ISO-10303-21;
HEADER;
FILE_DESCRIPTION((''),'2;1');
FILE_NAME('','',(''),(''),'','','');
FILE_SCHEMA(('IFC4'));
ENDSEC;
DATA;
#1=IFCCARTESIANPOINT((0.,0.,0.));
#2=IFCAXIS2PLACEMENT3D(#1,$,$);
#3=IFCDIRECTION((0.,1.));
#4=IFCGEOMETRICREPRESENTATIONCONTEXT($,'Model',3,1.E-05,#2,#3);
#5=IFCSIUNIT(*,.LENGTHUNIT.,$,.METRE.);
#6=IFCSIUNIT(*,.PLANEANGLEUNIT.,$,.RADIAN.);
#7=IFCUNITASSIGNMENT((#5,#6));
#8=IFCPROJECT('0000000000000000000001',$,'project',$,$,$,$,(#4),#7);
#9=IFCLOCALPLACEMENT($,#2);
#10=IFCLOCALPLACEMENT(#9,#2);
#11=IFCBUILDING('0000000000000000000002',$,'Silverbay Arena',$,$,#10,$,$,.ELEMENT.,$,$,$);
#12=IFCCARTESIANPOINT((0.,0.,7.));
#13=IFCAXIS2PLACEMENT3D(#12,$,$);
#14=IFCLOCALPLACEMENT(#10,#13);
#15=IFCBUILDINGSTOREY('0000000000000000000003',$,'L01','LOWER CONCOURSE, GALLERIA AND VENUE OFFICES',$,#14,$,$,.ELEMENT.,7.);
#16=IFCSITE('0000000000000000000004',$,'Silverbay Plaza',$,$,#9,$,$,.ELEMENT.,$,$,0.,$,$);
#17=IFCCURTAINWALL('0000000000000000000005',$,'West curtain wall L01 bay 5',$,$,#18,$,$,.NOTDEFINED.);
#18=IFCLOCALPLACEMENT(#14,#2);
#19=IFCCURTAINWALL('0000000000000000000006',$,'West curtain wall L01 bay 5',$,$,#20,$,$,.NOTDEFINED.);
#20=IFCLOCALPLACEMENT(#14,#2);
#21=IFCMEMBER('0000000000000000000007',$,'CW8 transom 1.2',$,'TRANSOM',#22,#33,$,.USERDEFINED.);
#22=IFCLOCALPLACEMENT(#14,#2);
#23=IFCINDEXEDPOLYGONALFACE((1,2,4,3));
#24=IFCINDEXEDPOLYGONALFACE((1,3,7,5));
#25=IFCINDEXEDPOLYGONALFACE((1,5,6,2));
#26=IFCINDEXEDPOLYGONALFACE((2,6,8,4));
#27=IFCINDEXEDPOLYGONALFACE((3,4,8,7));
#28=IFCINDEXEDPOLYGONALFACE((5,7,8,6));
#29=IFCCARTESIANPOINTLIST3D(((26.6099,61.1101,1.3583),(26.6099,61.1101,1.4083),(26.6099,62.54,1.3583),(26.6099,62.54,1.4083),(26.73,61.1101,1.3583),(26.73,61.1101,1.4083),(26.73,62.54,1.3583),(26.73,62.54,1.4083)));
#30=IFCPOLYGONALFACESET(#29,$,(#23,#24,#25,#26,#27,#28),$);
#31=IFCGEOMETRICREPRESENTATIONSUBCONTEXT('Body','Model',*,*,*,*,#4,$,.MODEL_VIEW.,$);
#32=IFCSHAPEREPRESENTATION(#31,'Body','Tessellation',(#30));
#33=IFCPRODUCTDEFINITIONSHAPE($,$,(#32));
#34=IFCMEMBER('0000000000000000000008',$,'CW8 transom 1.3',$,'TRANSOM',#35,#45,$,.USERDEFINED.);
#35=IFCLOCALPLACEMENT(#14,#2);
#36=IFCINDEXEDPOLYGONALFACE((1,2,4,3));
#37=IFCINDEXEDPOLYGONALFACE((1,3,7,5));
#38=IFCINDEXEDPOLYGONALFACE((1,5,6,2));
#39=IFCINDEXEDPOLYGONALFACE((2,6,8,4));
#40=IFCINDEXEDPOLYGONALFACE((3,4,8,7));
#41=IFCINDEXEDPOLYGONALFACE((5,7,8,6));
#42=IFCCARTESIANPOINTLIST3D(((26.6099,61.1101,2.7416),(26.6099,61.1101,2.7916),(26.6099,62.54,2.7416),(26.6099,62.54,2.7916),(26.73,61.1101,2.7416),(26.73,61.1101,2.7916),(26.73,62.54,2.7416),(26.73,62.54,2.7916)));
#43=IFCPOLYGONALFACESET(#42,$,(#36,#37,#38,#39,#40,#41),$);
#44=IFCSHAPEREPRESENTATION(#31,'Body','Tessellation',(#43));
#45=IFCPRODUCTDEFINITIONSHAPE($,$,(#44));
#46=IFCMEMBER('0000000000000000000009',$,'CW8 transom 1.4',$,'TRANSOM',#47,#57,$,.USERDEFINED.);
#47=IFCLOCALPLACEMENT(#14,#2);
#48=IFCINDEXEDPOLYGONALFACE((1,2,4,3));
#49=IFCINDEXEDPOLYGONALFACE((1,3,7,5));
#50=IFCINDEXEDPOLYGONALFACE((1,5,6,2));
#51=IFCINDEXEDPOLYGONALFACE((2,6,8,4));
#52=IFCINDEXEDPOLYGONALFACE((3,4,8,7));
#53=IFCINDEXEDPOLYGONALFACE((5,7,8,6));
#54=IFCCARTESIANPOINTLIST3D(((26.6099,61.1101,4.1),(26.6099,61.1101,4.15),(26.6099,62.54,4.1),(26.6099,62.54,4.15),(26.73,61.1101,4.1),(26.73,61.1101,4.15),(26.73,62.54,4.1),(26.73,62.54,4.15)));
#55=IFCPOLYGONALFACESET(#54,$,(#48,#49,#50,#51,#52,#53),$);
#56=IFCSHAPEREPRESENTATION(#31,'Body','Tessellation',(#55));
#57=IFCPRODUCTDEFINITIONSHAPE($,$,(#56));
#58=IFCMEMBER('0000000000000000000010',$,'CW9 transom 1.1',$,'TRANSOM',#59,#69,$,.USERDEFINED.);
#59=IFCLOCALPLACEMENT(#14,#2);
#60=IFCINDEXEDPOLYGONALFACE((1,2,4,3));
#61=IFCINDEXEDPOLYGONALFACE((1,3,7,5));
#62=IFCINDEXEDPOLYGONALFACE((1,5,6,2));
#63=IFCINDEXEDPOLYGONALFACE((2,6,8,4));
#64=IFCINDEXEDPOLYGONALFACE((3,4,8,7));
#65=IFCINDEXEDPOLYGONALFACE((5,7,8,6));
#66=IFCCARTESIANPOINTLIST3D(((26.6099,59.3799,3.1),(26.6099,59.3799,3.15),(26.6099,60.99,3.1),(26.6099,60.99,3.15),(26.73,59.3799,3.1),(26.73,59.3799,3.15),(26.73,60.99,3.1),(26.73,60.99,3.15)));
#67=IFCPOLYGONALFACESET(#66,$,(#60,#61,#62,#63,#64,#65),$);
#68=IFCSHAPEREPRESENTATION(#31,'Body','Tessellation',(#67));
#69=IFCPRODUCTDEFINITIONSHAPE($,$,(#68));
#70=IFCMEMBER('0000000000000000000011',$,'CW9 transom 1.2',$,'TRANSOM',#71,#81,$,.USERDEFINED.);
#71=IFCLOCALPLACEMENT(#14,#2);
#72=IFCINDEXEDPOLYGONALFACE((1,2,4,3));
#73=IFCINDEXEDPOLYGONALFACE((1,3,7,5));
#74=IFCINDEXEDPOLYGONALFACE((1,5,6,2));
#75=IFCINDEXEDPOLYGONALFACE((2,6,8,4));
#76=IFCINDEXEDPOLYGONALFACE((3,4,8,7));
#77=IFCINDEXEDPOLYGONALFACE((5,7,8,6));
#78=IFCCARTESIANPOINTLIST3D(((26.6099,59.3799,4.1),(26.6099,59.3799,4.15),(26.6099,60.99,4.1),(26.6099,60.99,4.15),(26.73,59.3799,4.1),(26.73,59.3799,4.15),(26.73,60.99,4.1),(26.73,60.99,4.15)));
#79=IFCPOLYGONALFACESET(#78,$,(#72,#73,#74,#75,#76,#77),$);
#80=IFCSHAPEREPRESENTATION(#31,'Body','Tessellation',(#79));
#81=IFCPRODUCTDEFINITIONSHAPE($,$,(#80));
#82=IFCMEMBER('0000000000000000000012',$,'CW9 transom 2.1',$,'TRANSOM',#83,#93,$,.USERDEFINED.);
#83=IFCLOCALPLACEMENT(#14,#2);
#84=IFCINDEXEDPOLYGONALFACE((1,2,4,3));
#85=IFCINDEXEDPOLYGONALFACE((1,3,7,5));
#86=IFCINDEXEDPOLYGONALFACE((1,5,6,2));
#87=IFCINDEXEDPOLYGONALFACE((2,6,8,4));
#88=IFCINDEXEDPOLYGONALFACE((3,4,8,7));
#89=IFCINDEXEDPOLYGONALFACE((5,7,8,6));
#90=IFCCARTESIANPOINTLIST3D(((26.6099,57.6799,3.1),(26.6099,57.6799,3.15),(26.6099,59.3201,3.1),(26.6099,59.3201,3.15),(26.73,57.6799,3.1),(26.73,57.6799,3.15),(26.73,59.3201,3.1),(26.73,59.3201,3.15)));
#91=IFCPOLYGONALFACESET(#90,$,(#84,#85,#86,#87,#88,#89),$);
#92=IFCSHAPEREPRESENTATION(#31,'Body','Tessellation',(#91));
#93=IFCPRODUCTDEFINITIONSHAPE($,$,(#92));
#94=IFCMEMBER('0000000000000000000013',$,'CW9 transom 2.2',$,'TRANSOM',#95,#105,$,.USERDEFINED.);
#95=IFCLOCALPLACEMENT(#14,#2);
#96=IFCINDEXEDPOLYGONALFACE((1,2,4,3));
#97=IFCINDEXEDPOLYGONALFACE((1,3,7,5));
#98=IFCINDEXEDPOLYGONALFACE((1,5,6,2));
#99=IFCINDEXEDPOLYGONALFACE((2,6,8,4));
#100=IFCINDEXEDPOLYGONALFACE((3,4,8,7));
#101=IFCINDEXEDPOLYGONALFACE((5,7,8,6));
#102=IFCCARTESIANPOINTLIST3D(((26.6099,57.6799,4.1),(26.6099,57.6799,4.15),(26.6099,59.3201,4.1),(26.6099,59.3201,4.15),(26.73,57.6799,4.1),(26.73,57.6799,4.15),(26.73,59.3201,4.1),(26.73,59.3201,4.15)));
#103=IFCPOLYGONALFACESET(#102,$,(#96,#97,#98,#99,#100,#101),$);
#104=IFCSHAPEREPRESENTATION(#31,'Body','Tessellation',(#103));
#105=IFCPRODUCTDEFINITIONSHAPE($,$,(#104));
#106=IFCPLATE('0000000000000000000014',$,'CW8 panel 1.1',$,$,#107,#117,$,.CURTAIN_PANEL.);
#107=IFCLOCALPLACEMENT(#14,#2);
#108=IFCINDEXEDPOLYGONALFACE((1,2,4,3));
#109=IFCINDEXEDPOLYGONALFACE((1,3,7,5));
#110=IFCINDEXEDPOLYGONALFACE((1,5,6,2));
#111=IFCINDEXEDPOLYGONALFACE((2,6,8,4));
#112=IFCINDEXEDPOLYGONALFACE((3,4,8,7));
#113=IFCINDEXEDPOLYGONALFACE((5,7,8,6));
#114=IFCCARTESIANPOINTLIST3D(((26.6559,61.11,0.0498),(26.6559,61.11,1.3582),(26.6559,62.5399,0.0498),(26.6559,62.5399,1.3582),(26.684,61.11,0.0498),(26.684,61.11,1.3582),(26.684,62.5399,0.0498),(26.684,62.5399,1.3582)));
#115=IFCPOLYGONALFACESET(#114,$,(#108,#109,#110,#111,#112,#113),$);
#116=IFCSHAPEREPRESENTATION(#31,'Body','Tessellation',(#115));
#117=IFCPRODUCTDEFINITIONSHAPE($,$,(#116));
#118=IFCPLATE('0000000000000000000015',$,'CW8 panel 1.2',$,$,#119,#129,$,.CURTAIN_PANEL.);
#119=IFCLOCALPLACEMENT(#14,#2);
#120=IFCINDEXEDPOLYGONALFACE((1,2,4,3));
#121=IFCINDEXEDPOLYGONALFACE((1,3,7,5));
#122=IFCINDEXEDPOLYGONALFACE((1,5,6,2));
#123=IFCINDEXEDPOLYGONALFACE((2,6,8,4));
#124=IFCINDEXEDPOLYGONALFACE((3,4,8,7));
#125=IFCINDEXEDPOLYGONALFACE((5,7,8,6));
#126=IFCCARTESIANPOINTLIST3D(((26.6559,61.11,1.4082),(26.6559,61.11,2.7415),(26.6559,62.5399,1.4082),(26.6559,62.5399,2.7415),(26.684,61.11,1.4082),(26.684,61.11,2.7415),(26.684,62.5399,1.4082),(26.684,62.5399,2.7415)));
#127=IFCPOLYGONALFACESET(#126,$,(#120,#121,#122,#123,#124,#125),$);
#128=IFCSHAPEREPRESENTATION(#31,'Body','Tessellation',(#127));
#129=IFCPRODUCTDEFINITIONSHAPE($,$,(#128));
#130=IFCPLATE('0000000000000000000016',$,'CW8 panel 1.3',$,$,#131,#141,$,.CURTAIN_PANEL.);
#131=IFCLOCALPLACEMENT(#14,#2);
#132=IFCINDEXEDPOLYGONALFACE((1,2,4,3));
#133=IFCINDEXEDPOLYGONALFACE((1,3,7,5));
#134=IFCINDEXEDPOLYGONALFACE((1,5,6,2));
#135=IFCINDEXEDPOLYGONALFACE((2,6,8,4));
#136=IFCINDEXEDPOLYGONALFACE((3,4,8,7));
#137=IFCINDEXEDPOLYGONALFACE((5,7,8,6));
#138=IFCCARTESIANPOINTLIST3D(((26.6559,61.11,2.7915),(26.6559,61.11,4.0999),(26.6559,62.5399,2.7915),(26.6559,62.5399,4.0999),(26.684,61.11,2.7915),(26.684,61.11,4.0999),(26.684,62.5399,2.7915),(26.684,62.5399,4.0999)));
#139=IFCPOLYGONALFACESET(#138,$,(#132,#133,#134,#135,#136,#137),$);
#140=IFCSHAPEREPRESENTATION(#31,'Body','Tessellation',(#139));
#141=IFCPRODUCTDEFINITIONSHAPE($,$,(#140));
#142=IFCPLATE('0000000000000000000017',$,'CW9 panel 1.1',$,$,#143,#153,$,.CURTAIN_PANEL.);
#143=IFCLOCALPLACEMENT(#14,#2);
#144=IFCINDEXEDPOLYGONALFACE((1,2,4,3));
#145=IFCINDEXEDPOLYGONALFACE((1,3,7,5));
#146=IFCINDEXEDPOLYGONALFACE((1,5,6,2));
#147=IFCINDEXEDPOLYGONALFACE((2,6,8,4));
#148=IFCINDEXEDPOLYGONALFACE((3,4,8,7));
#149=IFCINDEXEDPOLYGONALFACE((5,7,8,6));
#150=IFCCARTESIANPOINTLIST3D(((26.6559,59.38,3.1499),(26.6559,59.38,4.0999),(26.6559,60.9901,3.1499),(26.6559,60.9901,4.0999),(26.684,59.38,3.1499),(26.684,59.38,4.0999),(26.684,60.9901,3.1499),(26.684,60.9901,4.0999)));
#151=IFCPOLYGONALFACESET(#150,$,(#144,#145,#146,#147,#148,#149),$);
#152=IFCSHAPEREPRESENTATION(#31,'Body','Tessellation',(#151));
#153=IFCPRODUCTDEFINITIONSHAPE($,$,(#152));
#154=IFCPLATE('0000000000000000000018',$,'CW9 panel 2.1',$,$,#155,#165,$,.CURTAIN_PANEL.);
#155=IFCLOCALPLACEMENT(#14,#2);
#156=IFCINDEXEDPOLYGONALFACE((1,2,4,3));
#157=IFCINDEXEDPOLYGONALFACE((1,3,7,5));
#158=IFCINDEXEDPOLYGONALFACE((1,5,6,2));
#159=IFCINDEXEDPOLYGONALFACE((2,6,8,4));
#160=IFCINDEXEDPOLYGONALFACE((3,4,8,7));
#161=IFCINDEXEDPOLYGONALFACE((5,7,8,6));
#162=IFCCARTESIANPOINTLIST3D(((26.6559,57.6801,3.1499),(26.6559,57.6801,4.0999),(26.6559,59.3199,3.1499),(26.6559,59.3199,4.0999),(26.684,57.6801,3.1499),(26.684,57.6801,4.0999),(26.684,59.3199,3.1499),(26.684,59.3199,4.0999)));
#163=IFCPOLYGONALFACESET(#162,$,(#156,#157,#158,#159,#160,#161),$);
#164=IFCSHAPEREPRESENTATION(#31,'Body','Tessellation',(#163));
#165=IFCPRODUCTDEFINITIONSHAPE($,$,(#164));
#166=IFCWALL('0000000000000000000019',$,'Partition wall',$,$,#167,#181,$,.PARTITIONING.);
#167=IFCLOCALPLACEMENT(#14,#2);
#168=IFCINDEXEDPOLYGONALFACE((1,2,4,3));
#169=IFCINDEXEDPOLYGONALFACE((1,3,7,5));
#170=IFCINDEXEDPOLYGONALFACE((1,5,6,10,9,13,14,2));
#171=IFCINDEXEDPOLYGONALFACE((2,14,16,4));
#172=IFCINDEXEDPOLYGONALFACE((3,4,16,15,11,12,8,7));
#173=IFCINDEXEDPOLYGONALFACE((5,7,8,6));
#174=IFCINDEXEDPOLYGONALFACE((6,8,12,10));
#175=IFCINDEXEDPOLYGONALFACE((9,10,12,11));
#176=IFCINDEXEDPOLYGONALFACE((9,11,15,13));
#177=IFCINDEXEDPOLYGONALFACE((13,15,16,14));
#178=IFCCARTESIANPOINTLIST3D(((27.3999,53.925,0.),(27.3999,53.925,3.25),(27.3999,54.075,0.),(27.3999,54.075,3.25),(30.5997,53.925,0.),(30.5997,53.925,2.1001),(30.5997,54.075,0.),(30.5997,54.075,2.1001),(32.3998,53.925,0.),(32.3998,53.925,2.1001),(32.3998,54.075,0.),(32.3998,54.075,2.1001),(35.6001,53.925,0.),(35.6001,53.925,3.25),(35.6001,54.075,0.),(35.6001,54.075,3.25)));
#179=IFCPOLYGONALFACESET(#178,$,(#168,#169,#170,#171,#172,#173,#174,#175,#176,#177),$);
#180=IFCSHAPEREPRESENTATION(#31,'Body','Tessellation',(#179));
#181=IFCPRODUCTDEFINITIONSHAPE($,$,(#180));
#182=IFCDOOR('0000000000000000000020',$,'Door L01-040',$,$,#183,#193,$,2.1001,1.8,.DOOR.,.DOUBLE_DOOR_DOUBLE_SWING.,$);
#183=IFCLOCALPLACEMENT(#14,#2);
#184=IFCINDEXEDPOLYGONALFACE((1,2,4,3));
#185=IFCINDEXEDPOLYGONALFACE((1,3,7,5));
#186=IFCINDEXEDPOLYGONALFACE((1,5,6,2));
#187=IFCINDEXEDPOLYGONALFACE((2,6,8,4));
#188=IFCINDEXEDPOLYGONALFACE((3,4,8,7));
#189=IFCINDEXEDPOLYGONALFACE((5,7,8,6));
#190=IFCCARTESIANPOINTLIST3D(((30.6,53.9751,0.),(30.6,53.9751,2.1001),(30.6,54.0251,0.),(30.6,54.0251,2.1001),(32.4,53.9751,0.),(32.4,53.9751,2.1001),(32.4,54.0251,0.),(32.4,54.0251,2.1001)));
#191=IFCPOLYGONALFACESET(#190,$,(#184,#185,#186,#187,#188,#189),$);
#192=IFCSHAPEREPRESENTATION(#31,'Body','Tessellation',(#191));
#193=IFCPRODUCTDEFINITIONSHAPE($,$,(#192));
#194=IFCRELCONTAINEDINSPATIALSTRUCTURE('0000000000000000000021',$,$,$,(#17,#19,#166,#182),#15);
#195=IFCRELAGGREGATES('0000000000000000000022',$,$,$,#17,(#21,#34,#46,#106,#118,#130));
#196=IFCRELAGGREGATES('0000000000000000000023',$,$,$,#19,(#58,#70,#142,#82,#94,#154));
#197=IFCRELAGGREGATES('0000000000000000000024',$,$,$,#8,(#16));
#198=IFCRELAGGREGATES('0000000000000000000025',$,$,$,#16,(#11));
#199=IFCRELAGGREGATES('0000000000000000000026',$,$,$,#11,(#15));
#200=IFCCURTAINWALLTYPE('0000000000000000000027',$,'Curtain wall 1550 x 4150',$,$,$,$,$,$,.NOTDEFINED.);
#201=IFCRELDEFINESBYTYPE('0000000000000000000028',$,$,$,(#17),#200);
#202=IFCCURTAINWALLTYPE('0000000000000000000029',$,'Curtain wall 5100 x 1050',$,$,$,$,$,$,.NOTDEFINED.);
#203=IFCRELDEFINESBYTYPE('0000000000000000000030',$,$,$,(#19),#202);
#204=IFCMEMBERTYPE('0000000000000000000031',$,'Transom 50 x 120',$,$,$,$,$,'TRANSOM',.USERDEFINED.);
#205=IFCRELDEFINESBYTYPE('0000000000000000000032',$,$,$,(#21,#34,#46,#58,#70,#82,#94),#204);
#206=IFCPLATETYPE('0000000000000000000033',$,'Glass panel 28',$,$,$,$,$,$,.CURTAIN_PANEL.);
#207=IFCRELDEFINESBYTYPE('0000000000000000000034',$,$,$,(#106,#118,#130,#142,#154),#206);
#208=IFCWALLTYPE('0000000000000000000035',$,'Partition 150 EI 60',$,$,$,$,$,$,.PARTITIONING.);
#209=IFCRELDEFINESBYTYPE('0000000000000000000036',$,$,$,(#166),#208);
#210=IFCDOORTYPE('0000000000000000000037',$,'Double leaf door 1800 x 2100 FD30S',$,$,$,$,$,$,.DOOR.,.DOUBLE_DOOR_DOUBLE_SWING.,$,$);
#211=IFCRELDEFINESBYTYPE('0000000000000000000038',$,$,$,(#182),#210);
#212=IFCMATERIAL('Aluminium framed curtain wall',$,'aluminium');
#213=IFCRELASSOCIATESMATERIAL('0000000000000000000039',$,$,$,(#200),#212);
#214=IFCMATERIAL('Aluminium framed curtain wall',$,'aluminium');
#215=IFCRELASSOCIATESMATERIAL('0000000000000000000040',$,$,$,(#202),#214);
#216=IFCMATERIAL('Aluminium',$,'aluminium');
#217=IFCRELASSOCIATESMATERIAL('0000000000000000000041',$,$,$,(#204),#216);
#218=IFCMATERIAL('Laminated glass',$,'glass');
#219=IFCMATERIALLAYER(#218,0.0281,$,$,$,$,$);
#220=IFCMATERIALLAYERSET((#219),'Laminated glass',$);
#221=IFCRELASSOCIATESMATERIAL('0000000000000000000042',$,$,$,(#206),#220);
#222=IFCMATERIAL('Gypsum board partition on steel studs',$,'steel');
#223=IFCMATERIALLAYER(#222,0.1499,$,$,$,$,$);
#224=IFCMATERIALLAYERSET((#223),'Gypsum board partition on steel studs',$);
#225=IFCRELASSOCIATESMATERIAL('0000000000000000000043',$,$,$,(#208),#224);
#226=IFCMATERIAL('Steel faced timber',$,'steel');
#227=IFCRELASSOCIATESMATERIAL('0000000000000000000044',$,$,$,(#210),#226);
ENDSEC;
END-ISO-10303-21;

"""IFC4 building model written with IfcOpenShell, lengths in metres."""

from ifc_helpers import new_model, si_unit, direction, frame, frame_2d, origin, origin_2d, place, context, subcontext, project, spatial, rectangle, extrude, material, layer, layer_set, material_profile, profile_set, type_object, element, fill, aggregate, save


model = new_model("IFC4")

# Units and contexts
model_context = context("Model", 3, precision=1e-05, world=origin(), true_north=direction((0.0, 1.0)))
body_context = subcontext(model_context, "Body", "Model", "MODEL_VIEW")
ifc_project = project(units=[si_unit("LENGTHUNIT", "METRE"), si_unit("PLANEANGLEUNIT", "RADIAN")], contexts=[model_context])

# Site, building, storey
site_placement = place(None, origin())
site = spatial("IfcSite", under=ifc_project, at=site_placement, Name="Silverbay Plaza", CompositionType="ELEMENT", RefElevation=0.0)
building_placement = place(site_placement, origin())
building = spatial("IfcBuilding", under=site, at=building_placement, Name="Silverbay Arena", CompositionType="ELEMENT")
storey_placement = place(building_placement, frame((0.0, 0.0, 7.0)))
storey = spatial("IfcBuildingStorey", under=building, at=storey_placement, Name="L01", Description="LOWER CONCOURSE, GALLERIA AND VENUE OFFICES", CompositionType="ELEMENT", Elevation=7.0)

# Curtain walls
ifc_material_1 = material(Name="Aluminium framed curtain wall", Category="aluminium")
curtain_wall_type_1 = type_object("IfcCurtainWallType", Name="Curtain wall 1550 x 4150", PredefinedType="NOTDEFINED", material=ifc_material_1)
curtain_wall_1_placement = place(storey_placement, origin())
curtain_wall_1 = element("IfcCurtainWall", 1, at=curtain_wall_1_placement, inside=storey, type_object=curtain_wall_type_1, Name="West curtain wall L01 bay 5", PredefinedType="NOTDEFINED")
ifc_material_2 = material(Name="Aluminium framed curtain wall", Category="aluminium")
curtain_wall_type_2 = type_object("IfcCurtainWallType", Name="Curtain wall 5100 x 1050", PredefinedType="NOTDEFINED", material=ifc_material_2)
curtain_wall_2_placement = place(storey_placement, origin())
curtain_wall_2 = element("IfcCurtainWall", 2, at=curtain_wall_2_placement, inside=storey, type_object=curtain_wall_type_2, Name="West curtain wall L01 bay 5", PredefinedType="NOTDEFINED")

# Members
ifc_material_3 = material(Name="Aluminium", Category="aluminium")
ifc_material_profile_1 = material_profile(ifc_material_3, rectangle(XDim=0.1201, YDim=0.05, at=origin_2d()), Name="Transom 50 x 120")
ifc_profile_set_1 = profile_set([ifc_material_profile_1], Name="Aluminium")
member_type_1 = type_object("IfcMemberType", Name="Transom 50 x 120", ElementType="TRANSOM", PredefinedType="USERDEFINED", material=ifc_profile_set_1)
member_1_placement = place(storey_placement, frame((26.6699, 62.54, 1.3833), z_axis=(0.0, -1.0, 0.0), x_axis=(1.0, 0.0, 0.0)))
member_1 = element("IfcMember", 3, at=member_1_placement, type_object=member_type_1, Name="CW8 transom 1.2", ObjectType="TRANSOM", PredefinedType="USERDEFINED", context=body_context, shape_type="SweptSolid", body=[
    extrude(rectangle(XDim=0.1201, YDim=0.05, at=origin_2d()), origin(), (0.0, 0.0, 1.0), 1.4299),
])
member_2_placement = place(storey_placement, frame((26.6699, 62.54, 2.7666), z_axis=(0.0, -1.0, 0.0), x_axis=(1.0, 0.0, 0.0)))
member_2 = element("IfcMember", 4, at=member_2_placement, type_object=member_type_1, Name="CW8 transom 1.3", ObjectType="TRANSOM", PredefinedType="USERDEFINED", context=body_context, shape_type="SweptSolid", body=[
    extrude(rectangle(XDim=0.1201, YDim=0.05, at=origin_2d()), origin(), (0.0, 0.0, 1.0), 1.4299),
])
member_3_placement = place(storey_placement, frame((26.6699, 62.54, 4.125), z_axis=(0.0, -1.0, 0.0), x_axis=(1.0, 0.0, 0.0)))
member_3 = element("IfcMember", 5, at=member_3_placement, type_object=member_type_1, Name="CW8 transom 1.4", ObjectType="TRANSOM", PredefinedType="USERDEFINED", context=body_context, shape_type="SweptSolid", body=[
    extrude(rectangle(XDim=0.1201, YDim=0.05, at=origin_2d()), origin(), (0.0, 0.0, 1.0), 1.4299),
])
member_4_placement = place(storey_placement, frame((26.6699, 60.99, 3.125), z_axis=(0.0, -1.0, 0.0), x_axis=(1.0, 0.0, 0.0)))
member_4 = element("IfcMember", 6, at=member_4_placement, type_object=member_type_1, Name="CW9 transom 1.1", ObjectType="TRANSOM", PredefinedType="USERDEFINED", context=body_context, shape_type="SweptSolid", body=[
    extrude(rectangle(XDim=0.1201, YDim=0.05, at=origin_2d()), origin(), (0.0, 0.0, 1.0), 1.6101),
])
member_5_placement = place(storey_placement, frame((26.6699, 60.99, 4.125), z_axis=(0.0, -1.0, 0.0), x_axis=(1.0, 0.0, 0.0)))
member_5 = element("IfcMember", 7, at=member_5_placement, type_object=member_type_1, Name="CW9 transom 1.2", ObjectType="TRANSOM", PredefinedType="USERDEFINED", context=body_context, shape_type="SweptSolid", body=[
    extrude(rectangle(XDim=0.1201, YDim=0.05, at=origin_2d()), origin(), (0.0, 0.0, 1.0), 1.6101),
])
member_6_placement = place(storey_placement, frame((26.6699, 59.3201, 3.125), z_axis=(0.0, -1.0, 0.0), x_axis=(1.0, 0.0, 0.0)))
member_6 = element("IfcMember", 8, at=member_6_placement, type_object=member_type_1, Name="CW9 transom 2.1", ObjectType="TRANSOM", PredefinedType="USERDEFINED", context=body_context, shape_type="SweptSolid", body=[
    extrude(rectangle(XDim=0.1201, YDim=0.05, at=origin_2d()), origin(), (0.0, 0.0, 1.0), 1.6401),
])
member_7_placement = place(storey_placement, frame((26.6699, 59.3201, 4.125), z_axis=(0.0, -1.0, 0.0), x_axis=(1.0, 0.0, 0.0)))
member_7 = element("IfcMember", 9, at=member_7_placement, type_object=member_type_1, Name="CW9 transom 2.2", ObjectType="TRANSOM", PredefinedType="USERDEFINED", context=body_context, shape_type="SweptSolid", body=[
    extrude(rectangle(XDim=0.1201, YDim=0.05, at=origin_2d()), origin(), (0.0, 0.0, 1.0), 1.6401),
])

# Plates
ifc_material_4 = material(Name="Laminated glass", Category="glass")
ifc_layer_1 = layer(ifc_material_4, 0.0281)
ifc_layer_set_1 = layer_set([ifc_layer_1], Name="Laminated glass")
plate_type = type_object("IfcPlateType", Name="Glass panel 28", PredefinedType="CURTAIN_PANEL", material=ifc_layer_set_1)
plate_1_placement = place(storey_placement, frame((26.6699, 61.825, 0.0498), z_axis=(0.0, 0.0, 1.0), x_axis=(0.0, -1.0, 0.0)))
plate_1 = element("IfcPlate", 10, at=plate_1_placement, type_object=plate_type, Name="CW8 panel 1.1", PredefinedType="CURTAIN_PANEL", context=body_context, shape_type="SweptSolid", body=[
    extrude(rectangle(XDim=1.4299, YDim=0.0281, at=origin_2d()), origin(), (0.0, 0.0, 1.0), 1.3083),
])
plate_2_placement = place(storey_placement, frame((26.6699, 61.825, 1.4082), z_axis=(0.0, 0.0, 1.0), x_axis=(0.0, -1.0, 0.0)))
plate_2 = element("IfcPlate", 11, at=plate_2_placement, type_object=plate_type, Name="CW8 panel 1.2", PredefinedType="CURTAIN_PANEL", context=body_context, shape_type="SweptSolid", body=[
    extrude(rectangle(XDim=1.4299, YDim=0.0281, at=origin_2d()), origin(), (0.0, 0.0, 1.0), 1.3333),
])
plate_3_placement = place(storey_placement, frame((26.6699, 61.825, 2.7915), z_axis=(0.0, 0.0, 1.0), x_axis=(0.0, -1.0, 0.0)))
plate_3 = element("IfcPlate", 12, at=plate_3_placement, type_object=plate_type, Name="CW8 panel 1.3", PredefinedType="CURTAIN_PANEL", context=body_context, shape_type="SweptSolid", body=[
    extrude(rectangle(XDim=1.4299, YDim=0.0281, at=origin_2d()), origin(), (0.0, 0.0, 1.0), 1.3083),
])
aggregate(curtain_wall_1, [member_1, member_2, member_3, plate_1, plate_2, plate_3])
plate_4_placement = place(storey_placement, frame((26.6699, 60.1851, 3.1499), z_axis=(0.0, 0.0, 1.0), x_axis=(0.0, -1.0, 0.0)))
plate_4 = element("IfcPlate", 13, at=plate_4_placement, type_object=plate_type, Name="CW9 panel 1.1", PredefinedType="CURTAIN_PANEL", context=body_context, shape_type="SweptSolid", body=[
    extrude(rectangle(XDim=1.6101, YDim=0.0281, at=origin_2d()), origin(), (0.0, 0.0, 1.0), 0.95),
])
plate_5_placement = place(storey_placement, frame((26.6699, 58.5, 3.1499), z_axis=(0.0, 0.0, 1.0), x_axis=(0.0, -1.0, 0.0)))
plate_5 = element("IfcPlate", 14, at=plate_5_placement, type_object=plate_type, Name="CW9 panel 2.1", PredefinedType="CURTAIN_PANEL", context=body_context, shape_type="SweptSolid", body=[
    extrude(rectangle(XDim=1.6399, YDim=0.0281, at=origin_2d()), origin(), (0.0, 0.0, 1.0), 0.95),
])
aggregate(curtain_wall_2, [member_4, member_5, plate_4, member_6, member_7, plate_5])

# Wall, opening, door
ifc_material_5 = material(Name="Gypsum board partition on steel studs", Category="steel")
ifc_layer_2 = layer(ifc_material_5, 0.1499)
ifc_layer_set_2 = layer_set([ifc_layer_2], Name="Gypsum board partition on steel studs")
wall_type = type_object("IfcWallType", Name="Partition 150 EI 60", PredefinedType="PARTITIONING", material=ifc_layer_set_2)
wall_1_placement = place(storey_placement, frame((27.3999, 54.0, 0.0), z_axis=(0.0, 0.0, 1.0), x_axis=(1.0, 0.0, 0.0)))
wall_1 = element("IfcWall", 15, at=wall_1_placement, inside=storey, type_object=wall_type, Name="Partition wall", PredefinedType="PARTITIONING", context=body_context, shape_type="SweptSolid", body=[
    extrude(rectangle(XDim=8.2002, YDim=0.1499, at=frame_2d((4.1001, 0.0))), origin(), (0.0, 0.0, 1.0), 3.25),
])
opening_1_placement = place(wall_1_placement, frame((3.2, 0.0, 0.0)))
opening_1 = element("IfcOpeningElement", 16, at=opening_1_placement, cuts=wall_1, PredefinedType="OPENING", context=body_context, shape_type="SweptSolid", body=[
    extrude(rectangle(XDim=1.8, YDim=2.1001, at=frame_2d((0.8999, 1.05))), frame((0.0, 0.085, 0.0), z_axis=(0.0, -1.0, 0.0), x_axis=(1.0, 0.0, 0.0)), (0.0, 0.0, 1.0), 0.1699),
])
ifc_material_6 = material(Name="Steel faced timber", Category="steel")
door_type = type_object("IfcDoorType", Name="Double leaf door 1800 x 2100 FD30S", OperationType="DOUBLE_DOOR_DOUBLE_SWING", PredefinedType="DOOR", material=ifc_material_6)
door_1_placement = place(opening_1_placement, frame((1.8, 0.0, 0.0), z_axis=(0.0, 0.0, 1.0), x_axis=(-1.0, 0.0, 0.0)))
door_1 = element("IfcDoor", 17, at=door_1_placement, inside=storey, type_object=door_type, Name="Door L01-040", OperationType="DOUBLE_DOOR_DOUBLE_SWING", OverallHeight=2.1001, OverallWidth=1.8, PredefinedType="DOOR", context=body_context, shape_type="SweptSolid", body=[
    extrude(rectangle(XDim=1.8, YDim=2.1001, at=frame_2d((0.8999, 1.05))), frame((0.0, 0.0249, 0.0), z_axis=(0.0, -1.0, 0.0), x_axis=(1.0, 0.0, 0.0)), (0.0, 0.0, 1.0), 0.05),
])
fill(opening_1, door_1)

save(model, "model.ifc")
